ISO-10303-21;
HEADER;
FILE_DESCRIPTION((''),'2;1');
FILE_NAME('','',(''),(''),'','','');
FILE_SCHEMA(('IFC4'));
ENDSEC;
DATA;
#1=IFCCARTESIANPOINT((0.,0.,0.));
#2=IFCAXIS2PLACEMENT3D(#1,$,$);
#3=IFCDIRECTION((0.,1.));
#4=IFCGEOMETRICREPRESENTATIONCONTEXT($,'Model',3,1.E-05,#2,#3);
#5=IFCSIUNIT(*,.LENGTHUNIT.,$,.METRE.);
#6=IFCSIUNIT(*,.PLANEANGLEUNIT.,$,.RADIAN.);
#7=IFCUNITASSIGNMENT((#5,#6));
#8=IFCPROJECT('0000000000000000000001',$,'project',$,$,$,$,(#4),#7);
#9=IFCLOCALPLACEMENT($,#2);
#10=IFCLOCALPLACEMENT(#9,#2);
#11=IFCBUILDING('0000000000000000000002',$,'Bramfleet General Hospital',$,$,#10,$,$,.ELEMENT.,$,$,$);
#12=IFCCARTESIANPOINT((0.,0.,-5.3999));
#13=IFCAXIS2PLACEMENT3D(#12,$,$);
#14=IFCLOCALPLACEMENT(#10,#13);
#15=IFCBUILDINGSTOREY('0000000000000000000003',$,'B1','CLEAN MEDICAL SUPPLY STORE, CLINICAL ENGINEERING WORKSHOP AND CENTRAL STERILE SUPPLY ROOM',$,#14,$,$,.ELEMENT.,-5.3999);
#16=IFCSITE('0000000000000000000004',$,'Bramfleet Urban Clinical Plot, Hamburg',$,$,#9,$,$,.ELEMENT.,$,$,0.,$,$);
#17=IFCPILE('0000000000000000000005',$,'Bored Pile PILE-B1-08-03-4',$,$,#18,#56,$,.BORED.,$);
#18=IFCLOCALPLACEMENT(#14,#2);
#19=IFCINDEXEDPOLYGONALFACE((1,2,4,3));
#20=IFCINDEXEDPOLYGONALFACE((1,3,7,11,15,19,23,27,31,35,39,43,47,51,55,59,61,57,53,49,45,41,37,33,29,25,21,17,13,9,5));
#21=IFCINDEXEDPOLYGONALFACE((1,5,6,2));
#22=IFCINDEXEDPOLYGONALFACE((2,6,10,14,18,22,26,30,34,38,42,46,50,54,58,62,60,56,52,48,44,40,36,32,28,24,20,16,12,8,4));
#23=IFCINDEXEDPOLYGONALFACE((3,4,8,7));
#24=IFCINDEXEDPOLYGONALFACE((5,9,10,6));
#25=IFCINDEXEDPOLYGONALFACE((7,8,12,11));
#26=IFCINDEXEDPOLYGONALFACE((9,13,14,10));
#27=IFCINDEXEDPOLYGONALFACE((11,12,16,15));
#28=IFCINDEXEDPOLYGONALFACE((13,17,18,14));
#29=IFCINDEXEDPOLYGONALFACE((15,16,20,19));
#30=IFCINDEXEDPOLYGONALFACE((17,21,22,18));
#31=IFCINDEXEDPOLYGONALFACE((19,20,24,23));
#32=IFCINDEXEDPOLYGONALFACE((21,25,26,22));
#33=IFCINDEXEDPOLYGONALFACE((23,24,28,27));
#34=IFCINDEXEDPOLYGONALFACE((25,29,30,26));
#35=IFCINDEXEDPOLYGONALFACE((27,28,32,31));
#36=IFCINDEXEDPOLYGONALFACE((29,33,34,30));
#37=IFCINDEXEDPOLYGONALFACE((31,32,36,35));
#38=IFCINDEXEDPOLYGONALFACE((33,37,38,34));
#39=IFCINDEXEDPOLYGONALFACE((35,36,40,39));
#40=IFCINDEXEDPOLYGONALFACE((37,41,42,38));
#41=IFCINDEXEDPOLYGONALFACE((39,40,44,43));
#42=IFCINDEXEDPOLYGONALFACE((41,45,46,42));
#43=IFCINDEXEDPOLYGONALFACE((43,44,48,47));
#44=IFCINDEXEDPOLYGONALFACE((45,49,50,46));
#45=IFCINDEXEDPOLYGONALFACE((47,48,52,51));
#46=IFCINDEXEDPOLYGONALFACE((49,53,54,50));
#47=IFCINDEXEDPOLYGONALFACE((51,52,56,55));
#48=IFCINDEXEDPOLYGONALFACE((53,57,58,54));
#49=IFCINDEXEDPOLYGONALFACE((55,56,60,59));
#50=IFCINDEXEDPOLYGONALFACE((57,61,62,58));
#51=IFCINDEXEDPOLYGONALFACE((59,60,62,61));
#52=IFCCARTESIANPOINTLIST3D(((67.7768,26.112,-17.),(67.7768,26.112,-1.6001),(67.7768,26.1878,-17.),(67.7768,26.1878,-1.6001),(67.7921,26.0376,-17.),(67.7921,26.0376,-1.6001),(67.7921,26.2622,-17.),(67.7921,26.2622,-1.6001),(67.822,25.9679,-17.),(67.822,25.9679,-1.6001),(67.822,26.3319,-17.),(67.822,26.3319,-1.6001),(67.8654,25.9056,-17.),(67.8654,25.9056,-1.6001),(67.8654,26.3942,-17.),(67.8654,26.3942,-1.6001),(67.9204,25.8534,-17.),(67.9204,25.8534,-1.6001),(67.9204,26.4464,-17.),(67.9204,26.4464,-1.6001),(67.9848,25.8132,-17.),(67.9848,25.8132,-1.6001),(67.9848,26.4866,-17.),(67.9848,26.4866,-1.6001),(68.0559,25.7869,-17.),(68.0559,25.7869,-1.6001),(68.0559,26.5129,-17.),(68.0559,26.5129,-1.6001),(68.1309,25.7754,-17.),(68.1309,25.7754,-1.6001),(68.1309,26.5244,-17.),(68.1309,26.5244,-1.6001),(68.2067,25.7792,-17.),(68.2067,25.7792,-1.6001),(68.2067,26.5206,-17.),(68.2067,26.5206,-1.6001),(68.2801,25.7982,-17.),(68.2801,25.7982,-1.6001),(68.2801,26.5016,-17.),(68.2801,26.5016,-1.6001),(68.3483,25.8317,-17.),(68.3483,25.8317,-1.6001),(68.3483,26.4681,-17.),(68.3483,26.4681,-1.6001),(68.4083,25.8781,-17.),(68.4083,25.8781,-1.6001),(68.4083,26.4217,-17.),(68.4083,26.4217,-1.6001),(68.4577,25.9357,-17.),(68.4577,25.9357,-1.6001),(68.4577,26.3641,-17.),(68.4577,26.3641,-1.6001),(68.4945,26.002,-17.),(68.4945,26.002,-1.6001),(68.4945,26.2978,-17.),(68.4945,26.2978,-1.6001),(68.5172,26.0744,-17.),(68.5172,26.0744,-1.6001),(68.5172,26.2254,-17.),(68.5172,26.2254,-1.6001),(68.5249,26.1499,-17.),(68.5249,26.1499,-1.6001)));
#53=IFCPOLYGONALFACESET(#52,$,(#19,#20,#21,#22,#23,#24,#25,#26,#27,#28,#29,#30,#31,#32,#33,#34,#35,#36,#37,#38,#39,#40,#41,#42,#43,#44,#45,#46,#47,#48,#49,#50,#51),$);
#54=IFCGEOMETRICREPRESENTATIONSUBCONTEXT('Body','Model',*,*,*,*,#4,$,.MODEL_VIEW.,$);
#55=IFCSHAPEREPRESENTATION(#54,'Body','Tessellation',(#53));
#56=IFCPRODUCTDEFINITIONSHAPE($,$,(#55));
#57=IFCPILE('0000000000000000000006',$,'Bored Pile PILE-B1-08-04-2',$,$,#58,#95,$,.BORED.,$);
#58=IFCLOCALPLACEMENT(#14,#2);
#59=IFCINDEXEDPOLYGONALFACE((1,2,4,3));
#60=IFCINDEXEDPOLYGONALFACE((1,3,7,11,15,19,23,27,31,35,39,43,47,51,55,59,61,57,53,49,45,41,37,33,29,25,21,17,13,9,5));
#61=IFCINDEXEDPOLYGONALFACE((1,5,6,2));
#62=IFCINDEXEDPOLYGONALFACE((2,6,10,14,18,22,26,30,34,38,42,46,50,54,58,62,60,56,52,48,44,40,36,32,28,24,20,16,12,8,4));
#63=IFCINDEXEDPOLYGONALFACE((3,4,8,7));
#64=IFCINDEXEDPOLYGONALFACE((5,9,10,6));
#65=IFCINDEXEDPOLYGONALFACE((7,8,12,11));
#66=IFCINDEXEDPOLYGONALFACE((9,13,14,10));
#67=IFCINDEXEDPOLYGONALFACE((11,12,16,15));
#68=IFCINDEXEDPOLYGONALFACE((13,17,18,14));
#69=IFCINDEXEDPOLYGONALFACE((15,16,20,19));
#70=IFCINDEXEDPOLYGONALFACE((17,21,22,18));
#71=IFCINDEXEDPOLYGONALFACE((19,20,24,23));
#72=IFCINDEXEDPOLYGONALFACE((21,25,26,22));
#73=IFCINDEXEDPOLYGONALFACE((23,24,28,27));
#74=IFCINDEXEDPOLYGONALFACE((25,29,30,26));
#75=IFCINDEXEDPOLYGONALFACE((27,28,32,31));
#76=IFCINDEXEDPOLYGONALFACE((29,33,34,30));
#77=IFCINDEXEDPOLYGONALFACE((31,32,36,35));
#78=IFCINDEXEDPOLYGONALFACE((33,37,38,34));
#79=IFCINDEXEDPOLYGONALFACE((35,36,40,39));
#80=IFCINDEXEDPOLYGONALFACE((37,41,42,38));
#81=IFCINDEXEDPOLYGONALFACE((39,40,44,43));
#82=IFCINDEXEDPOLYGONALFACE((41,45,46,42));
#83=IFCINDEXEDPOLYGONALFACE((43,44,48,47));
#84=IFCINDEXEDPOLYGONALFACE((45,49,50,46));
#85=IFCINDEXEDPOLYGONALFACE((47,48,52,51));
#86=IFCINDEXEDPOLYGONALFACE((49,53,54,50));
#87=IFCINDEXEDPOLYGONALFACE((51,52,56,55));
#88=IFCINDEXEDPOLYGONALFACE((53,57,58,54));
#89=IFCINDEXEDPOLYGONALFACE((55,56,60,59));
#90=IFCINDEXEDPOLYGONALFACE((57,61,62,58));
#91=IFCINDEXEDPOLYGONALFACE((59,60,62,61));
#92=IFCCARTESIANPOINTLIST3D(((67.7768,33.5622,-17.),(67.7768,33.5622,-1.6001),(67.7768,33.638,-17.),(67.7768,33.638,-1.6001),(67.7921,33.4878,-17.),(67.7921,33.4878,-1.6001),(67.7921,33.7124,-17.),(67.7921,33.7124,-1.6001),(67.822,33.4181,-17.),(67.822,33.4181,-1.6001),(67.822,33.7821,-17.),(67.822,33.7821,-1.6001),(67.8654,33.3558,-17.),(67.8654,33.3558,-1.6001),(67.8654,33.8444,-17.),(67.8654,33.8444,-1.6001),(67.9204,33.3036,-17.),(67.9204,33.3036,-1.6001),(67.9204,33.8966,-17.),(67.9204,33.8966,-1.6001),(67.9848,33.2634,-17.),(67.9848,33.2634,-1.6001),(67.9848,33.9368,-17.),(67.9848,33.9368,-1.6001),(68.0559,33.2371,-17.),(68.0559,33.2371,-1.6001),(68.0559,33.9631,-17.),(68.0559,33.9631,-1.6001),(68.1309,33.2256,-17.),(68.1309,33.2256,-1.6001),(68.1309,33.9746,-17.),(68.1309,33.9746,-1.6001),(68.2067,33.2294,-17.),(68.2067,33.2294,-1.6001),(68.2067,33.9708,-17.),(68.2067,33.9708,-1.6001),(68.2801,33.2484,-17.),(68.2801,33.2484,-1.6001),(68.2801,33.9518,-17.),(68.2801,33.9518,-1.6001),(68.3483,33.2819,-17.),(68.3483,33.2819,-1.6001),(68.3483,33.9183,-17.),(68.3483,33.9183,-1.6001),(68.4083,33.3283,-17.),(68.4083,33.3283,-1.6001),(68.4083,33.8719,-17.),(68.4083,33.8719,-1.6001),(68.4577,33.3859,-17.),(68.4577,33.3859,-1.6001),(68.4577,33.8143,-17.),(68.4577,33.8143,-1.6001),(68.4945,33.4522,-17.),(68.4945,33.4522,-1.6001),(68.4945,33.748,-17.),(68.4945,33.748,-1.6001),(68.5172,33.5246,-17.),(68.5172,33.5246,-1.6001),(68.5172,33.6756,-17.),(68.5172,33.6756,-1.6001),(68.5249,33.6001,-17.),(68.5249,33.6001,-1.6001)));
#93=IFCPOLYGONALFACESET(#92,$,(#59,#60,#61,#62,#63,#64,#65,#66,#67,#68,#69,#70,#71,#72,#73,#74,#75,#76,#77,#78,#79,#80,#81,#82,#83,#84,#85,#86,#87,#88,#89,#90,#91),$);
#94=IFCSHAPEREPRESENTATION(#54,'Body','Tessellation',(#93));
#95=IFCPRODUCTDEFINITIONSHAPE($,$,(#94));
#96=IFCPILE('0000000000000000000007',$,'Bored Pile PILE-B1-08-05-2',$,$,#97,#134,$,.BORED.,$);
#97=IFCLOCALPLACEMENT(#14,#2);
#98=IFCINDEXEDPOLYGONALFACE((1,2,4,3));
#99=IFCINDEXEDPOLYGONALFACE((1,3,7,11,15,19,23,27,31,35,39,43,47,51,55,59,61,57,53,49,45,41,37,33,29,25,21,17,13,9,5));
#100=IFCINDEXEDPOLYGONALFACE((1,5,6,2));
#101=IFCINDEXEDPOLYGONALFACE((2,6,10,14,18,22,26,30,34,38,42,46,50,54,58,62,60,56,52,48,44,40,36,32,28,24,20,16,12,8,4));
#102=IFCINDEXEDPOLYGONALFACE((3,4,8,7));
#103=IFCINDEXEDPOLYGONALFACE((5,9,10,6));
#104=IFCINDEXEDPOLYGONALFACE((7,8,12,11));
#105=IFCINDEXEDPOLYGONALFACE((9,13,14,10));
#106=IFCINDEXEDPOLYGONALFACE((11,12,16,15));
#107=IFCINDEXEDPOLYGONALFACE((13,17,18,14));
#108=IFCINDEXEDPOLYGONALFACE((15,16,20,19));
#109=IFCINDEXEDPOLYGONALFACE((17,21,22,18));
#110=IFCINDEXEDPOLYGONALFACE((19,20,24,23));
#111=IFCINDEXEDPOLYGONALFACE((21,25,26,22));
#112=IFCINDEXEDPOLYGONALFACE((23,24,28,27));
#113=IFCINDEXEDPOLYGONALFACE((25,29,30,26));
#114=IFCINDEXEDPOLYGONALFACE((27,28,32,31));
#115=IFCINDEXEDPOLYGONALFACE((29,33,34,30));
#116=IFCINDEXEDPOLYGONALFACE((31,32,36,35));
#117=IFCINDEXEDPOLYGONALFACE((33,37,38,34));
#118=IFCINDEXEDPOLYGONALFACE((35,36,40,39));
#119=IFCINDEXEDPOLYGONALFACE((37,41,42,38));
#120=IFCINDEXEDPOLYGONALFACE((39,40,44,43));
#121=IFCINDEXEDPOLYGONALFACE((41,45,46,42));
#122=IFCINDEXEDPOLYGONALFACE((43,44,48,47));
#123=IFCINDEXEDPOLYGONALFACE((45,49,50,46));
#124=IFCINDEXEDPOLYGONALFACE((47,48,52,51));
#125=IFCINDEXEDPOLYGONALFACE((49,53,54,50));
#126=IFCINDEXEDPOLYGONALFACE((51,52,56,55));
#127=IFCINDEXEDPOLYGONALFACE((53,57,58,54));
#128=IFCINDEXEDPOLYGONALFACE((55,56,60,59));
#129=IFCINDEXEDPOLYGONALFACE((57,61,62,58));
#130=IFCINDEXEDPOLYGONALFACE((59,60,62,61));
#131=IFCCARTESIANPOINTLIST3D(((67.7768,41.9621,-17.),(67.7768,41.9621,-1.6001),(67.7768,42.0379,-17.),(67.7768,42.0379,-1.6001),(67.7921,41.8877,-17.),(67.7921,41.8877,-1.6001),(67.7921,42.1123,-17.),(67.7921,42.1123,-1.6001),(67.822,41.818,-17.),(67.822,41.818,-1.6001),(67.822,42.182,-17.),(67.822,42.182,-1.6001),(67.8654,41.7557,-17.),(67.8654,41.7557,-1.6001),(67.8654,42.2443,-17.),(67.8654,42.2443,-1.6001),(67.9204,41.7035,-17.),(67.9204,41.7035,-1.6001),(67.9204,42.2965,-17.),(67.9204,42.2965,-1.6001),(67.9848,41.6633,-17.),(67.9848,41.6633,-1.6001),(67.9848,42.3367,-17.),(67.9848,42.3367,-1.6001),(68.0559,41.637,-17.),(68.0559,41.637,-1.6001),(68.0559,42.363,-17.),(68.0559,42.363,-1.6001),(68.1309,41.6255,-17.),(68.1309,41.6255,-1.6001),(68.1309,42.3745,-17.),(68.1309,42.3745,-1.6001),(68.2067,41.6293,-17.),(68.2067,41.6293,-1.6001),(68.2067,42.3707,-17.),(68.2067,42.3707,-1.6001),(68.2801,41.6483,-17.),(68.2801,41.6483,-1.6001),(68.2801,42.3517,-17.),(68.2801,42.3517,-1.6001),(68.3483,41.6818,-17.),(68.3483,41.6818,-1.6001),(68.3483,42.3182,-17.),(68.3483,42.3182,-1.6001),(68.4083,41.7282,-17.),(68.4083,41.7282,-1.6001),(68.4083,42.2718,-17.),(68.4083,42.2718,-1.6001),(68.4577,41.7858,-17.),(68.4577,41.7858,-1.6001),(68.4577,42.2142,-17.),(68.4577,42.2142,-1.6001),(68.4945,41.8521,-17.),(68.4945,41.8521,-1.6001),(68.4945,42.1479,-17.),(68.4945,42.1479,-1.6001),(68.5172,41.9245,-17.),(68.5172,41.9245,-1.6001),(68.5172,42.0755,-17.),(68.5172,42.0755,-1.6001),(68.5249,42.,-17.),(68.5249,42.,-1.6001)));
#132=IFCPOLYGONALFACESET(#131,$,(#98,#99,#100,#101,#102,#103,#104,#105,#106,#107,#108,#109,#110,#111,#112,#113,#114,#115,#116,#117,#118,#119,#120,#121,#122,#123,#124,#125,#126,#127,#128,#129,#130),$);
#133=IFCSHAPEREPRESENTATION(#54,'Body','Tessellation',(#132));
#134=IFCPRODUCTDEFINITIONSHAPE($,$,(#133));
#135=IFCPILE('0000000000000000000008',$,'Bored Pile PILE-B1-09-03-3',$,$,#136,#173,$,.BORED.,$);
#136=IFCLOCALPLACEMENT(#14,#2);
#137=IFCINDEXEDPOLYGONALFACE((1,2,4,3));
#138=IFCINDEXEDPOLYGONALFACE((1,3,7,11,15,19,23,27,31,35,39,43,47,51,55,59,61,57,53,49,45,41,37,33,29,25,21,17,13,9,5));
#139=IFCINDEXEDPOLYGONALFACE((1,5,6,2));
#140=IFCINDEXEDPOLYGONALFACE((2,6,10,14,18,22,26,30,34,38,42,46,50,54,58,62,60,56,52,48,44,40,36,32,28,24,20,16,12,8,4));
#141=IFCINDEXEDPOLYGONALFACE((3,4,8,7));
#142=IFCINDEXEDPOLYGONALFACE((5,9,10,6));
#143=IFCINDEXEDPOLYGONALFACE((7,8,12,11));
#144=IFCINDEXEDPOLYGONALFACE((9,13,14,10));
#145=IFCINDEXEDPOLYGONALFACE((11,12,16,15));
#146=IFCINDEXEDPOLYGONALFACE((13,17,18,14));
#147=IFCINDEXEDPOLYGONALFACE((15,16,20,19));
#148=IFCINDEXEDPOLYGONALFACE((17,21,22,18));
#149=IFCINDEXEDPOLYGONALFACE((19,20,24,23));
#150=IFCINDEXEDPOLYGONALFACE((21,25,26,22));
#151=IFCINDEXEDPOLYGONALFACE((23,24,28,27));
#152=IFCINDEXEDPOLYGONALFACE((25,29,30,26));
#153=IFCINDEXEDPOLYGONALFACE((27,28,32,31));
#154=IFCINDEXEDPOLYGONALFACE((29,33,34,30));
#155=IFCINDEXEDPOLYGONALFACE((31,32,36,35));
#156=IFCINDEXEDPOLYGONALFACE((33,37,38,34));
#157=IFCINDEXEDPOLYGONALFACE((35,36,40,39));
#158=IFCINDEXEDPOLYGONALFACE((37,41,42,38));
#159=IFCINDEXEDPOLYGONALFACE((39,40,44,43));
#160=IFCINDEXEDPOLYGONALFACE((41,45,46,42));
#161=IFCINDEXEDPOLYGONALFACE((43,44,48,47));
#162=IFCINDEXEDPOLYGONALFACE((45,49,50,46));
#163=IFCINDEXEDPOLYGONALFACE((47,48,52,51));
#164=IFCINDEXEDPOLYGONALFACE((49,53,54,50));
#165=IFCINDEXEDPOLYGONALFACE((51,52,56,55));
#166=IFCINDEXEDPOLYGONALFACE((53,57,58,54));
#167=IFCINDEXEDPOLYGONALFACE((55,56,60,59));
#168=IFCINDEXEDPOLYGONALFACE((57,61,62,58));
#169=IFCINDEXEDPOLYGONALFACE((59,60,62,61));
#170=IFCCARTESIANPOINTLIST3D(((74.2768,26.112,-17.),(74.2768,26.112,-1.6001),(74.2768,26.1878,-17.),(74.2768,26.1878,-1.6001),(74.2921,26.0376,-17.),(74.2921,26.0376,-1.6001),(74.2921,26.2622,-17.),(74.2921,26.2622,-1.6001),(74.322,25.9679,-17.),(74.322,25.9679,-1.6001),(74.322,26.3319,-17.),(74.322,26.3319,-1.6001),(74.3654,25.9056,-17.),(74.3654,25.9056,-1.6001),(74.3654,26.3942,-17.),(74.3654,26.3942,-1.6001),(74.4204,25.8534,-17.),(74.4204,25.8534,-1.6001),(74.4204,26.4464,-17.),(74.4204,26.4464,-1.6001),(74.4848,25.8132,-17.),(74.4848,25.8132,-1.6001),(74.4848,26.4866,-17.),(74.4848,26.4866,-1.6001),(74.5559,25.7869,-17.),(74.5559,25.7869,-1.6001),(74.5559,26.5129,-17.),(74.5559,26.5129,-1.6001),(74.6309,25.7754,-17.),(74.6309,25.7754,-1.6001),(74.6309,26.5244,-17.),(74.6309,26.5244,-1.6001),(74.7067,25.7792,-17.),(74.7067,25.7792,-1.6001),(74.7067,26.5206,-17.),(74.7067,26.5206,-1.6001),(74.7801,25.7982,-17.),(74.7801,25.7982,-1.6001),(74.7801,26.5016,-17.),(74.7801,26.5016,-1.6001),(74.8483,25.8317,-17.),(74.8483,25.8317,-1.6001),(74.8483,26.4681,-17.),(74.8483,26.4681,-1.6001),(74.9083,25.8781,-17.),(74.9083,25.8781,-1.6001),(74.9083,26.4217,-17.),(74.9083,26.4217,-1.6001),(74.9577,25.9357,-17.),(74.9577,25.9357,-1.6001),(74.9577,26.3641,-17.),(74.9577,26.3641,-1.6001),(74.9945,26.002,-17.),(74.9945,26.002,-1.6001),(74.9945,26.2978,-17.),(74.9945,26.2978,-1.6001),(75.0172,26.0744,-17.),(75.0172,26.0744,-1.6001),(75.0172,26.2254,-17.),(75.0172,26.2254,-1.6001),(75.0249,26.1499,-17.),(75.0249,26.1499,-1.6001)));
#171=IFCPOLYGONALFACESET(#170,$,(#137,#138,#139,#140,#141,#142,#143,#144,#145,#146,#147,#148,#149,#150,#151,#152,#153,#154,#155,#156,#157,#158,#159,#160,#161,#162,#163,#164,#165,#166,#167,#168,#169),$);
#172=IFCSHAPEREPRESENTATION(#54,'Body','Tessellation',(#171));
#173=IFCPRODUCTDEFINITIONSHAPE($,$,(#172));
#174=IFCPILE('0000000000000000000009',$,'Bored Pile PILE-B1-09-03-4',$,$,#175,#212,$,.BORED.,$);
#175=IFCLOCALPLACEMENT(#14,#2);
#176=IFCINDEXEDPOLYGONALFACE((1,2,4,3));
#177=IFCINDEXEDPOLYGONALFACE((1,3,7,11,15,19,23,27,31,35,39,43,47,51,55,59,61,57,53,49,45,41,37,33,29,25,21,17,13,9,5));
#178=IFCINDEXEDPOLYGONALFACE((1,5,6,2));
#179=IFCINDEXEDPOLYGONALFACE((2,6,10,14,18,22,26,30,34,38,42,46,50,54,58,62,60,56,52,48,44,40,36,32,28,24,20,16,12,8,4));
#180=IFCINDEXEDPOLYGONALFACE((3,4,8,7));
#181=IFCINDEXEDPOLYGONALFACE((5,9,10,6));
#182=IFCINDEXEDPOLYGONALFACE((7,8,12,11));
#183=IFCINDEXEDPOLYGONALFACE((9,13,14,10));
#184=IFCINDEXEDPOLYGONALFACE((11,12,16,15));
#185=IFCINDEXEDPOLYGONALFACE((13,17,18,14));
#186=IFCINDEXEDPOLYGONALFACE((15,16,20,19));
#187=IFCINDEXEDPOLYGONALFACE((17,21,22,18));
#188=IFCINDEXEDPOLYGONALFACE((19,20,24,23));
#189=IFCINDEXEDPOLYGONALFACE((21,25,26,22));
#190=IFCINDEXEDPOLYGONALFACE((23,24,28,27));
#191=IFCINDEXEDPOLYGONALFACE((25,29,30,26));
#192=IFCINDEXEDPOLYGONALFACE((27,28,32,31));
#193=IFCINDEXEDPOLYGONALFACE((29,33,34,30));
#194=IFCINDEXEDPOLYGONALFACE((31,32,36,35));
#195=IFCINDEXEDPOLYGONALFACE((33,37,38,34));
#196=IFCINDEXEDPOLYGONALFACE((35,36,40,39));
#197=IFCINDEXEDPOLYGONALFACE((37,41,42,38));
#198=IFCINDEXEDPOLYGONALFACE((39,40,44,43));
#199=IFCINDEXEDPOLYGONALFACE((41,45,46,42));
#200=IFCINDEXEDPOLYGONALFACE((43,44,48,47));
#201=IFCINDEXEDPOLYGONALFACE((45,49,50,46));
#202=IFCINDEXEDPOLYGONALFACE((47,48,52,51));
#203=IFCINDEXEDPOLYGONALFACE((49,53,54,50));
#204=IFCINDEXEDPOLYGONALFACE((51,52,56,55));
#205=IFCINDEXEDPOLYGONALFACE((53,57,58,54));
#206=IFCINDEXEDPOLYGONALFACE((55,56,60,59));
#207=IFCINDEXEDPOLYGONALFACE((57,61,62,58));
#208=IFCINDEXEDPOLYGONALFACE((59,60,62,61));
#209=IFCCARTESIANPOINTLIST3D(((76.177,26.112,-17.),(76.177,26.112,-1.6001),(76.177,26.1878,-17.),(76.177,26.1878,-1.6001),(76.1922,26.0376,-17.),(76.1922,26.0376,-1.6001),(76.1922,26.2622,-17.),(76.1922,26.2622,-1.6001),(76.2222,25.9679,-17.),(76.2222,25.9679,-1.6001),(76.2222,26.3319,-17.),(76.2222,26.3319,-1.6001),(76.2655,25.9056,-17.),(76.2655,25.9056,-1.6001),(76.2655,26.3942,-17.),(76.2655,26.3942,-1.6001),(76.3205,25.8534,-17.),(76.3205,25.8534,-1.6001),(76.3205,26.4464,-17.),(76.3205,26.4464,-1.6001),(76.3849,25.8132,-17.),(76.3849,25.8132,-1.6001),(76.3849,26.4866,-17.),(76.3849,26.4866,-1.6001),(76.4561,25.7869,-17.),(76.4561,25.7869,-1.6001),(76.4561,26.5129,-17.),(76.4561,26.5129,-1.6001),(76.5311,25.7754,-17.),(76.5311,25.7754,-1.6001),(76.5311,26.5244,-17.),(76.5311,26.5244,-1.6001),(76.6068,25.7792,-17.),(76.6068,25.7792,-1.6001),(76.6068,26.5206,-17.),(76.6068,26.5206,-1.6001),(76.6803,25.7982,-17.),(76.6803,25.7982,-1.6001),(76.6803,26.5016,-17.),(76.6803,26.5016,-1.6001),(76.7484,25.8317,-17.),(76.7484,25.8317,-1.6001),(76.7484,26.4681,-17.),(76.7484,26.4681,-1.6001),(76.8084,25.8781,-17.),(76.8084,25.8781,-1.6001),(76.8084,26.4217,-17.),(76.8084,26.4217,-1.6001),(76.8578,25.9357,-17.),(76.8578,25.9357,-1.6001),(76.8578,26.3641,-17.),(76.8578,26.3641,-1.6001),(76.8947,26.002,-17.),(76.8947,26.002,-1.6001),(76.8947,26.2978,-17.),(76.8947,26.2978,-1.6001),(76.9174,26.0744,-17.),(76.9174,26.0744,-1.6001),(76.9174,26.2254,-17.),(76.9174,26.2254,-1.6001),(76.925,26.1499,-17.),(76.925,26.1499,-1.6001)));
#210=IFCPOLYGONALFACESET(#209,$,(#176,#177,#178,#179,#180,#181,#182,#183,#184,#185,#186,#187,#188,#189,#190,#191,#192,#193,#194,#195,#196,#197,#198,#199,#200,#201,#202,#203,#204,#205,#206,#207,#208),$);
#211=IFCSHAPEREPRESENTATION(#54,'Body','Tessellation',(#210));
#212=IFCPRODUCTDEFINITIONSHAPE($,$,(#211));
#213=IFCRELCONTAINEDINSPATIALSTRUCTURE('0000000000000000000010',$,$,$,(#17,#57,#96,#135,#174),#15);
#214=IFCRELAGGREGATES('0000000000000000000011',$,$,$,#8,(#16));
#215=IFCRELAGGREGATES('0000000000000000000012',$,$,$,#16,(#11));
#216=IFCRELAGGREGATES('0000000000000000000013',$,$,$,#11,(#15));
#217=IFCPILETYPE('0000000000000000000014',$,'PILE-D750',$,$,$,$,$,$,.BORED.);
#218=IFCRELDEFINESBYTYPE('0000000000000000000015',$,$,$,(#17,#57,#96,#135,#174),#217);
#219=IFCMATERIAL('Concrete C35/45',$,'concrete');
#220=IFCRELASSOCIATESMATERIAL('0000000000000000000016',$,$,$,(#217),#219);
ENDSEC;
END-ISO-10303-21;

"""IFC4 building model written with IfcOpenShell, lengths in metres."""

from ifc_helpers import new_model, si_unit, direction, frame, origin, origin_2d, place, context, subcontext, project, spatial, circle, extrude, material, material_profile, profile_set, type_object, element, save


model = new_model("IFC4")

# Units and contexts
model_context = context("Model", 3, precision=1e-05, world=origin(), true_north=direction((0.0, 1.0)))
body_context = subcontext(model_context, "Body", "Model", "MODEL_VIEW")
ifc_project = project(units=[si_unit("LENGTHUNIT", "METRE"), si_unit("PLANEANGLEUNIT", "RADIAN")], contexts=[model_context])

# Site, building, storey
site_placement = place(None, origin())
site = spatial("IfcSite", under=ifc_project, at=site_placement, Name="Bramfleet Urban Clinical Plot, Hamburg", CompositionType="ELEMENT", RefElevation=0.0)
building_placement = place(site_placement, origin())
building = spatial("IfcBuilding", under=site, at=building_placement, Name="Bramfleet General Hospital", CompositionType="ELEMENT")
storey_placement = place(building_placement, frame((0.0, 0.0, -5.3999)))
storey = spatial("IfcBuildingStorey", under=building, at=storey_placement, Name="B1", Description="CLEAN MEDICAL SUPPLY STORE, CLINICAL ENGINEERING WORKSHOP AND CENTRAL STERILE SUPPLY ROOM", CompositionType="ELEMENT", Elevation=-5.3999)

# Shared definitions
ifc_material_1 = material(Name="Concrete C35/45", Category="concrete")

# Piles
ifc_material_profile_1 = material_profile(ifc_material_1, circle(Radius=0.375, at=origin_2d()), Name="PILE BORED D750")
ifc_profile_set_1 = profile_set([ifc_material_profile_1], Name="Concrete C35/45")
pile_type = type_object("IfcPileType", Name="PILE-D750", PredefinedType="BORED", material=ifc_profile_set_1)
for number, where, z_axis, x_axis, name in (
    (1, (68.1499, 26.1499, -1.6001), (0.0, 0.0, -1.0), (1.0, 0.0, 0.0), "Bored Pile PILE-B1-08-03-4"),
    (2, (68.1499, 33.6001, -1.6001), (0.0, 0.0, -1.0), (1.0, 0.0, 0.0), "Bored Pile PILE-B1-08-04-2"),
    (3, (68.1499, 42.0, -1.6001), (0.0, 0.0, -1.0), (1.0, 0.0, 0.0), "Bored Pile PILE-B1-08-05-2"),
    (4, (74.6499, 26.1499, -1.6001), (0.0, 0.0, -1.0), (1.0, 0.0, 0.0), "Bored Pile PILE-B1-09-03-3"),
    (5, (76.55, 26.1499, -1.6001), (0.0, 0.0, -1.0), (1.0, 0.0, 0.0), "Bored Pile PILE-B1-09-03-4"),
):
    element("IfcPile", number, at=place(storey_placement, frame(where, z_axis=z_axis, x_axis=x_axis)), inside=storey, type_object=pile_type, Name=name, PredefinedType="BORED", context=body_context, shape_type="SweptSolid", body=[
        extrude(circle(Radius=0.375, at=origin_2d()), origin(), (0.0, 0.0, 1.0), 15.3999),
    ])

save(model, "model.ifc")
